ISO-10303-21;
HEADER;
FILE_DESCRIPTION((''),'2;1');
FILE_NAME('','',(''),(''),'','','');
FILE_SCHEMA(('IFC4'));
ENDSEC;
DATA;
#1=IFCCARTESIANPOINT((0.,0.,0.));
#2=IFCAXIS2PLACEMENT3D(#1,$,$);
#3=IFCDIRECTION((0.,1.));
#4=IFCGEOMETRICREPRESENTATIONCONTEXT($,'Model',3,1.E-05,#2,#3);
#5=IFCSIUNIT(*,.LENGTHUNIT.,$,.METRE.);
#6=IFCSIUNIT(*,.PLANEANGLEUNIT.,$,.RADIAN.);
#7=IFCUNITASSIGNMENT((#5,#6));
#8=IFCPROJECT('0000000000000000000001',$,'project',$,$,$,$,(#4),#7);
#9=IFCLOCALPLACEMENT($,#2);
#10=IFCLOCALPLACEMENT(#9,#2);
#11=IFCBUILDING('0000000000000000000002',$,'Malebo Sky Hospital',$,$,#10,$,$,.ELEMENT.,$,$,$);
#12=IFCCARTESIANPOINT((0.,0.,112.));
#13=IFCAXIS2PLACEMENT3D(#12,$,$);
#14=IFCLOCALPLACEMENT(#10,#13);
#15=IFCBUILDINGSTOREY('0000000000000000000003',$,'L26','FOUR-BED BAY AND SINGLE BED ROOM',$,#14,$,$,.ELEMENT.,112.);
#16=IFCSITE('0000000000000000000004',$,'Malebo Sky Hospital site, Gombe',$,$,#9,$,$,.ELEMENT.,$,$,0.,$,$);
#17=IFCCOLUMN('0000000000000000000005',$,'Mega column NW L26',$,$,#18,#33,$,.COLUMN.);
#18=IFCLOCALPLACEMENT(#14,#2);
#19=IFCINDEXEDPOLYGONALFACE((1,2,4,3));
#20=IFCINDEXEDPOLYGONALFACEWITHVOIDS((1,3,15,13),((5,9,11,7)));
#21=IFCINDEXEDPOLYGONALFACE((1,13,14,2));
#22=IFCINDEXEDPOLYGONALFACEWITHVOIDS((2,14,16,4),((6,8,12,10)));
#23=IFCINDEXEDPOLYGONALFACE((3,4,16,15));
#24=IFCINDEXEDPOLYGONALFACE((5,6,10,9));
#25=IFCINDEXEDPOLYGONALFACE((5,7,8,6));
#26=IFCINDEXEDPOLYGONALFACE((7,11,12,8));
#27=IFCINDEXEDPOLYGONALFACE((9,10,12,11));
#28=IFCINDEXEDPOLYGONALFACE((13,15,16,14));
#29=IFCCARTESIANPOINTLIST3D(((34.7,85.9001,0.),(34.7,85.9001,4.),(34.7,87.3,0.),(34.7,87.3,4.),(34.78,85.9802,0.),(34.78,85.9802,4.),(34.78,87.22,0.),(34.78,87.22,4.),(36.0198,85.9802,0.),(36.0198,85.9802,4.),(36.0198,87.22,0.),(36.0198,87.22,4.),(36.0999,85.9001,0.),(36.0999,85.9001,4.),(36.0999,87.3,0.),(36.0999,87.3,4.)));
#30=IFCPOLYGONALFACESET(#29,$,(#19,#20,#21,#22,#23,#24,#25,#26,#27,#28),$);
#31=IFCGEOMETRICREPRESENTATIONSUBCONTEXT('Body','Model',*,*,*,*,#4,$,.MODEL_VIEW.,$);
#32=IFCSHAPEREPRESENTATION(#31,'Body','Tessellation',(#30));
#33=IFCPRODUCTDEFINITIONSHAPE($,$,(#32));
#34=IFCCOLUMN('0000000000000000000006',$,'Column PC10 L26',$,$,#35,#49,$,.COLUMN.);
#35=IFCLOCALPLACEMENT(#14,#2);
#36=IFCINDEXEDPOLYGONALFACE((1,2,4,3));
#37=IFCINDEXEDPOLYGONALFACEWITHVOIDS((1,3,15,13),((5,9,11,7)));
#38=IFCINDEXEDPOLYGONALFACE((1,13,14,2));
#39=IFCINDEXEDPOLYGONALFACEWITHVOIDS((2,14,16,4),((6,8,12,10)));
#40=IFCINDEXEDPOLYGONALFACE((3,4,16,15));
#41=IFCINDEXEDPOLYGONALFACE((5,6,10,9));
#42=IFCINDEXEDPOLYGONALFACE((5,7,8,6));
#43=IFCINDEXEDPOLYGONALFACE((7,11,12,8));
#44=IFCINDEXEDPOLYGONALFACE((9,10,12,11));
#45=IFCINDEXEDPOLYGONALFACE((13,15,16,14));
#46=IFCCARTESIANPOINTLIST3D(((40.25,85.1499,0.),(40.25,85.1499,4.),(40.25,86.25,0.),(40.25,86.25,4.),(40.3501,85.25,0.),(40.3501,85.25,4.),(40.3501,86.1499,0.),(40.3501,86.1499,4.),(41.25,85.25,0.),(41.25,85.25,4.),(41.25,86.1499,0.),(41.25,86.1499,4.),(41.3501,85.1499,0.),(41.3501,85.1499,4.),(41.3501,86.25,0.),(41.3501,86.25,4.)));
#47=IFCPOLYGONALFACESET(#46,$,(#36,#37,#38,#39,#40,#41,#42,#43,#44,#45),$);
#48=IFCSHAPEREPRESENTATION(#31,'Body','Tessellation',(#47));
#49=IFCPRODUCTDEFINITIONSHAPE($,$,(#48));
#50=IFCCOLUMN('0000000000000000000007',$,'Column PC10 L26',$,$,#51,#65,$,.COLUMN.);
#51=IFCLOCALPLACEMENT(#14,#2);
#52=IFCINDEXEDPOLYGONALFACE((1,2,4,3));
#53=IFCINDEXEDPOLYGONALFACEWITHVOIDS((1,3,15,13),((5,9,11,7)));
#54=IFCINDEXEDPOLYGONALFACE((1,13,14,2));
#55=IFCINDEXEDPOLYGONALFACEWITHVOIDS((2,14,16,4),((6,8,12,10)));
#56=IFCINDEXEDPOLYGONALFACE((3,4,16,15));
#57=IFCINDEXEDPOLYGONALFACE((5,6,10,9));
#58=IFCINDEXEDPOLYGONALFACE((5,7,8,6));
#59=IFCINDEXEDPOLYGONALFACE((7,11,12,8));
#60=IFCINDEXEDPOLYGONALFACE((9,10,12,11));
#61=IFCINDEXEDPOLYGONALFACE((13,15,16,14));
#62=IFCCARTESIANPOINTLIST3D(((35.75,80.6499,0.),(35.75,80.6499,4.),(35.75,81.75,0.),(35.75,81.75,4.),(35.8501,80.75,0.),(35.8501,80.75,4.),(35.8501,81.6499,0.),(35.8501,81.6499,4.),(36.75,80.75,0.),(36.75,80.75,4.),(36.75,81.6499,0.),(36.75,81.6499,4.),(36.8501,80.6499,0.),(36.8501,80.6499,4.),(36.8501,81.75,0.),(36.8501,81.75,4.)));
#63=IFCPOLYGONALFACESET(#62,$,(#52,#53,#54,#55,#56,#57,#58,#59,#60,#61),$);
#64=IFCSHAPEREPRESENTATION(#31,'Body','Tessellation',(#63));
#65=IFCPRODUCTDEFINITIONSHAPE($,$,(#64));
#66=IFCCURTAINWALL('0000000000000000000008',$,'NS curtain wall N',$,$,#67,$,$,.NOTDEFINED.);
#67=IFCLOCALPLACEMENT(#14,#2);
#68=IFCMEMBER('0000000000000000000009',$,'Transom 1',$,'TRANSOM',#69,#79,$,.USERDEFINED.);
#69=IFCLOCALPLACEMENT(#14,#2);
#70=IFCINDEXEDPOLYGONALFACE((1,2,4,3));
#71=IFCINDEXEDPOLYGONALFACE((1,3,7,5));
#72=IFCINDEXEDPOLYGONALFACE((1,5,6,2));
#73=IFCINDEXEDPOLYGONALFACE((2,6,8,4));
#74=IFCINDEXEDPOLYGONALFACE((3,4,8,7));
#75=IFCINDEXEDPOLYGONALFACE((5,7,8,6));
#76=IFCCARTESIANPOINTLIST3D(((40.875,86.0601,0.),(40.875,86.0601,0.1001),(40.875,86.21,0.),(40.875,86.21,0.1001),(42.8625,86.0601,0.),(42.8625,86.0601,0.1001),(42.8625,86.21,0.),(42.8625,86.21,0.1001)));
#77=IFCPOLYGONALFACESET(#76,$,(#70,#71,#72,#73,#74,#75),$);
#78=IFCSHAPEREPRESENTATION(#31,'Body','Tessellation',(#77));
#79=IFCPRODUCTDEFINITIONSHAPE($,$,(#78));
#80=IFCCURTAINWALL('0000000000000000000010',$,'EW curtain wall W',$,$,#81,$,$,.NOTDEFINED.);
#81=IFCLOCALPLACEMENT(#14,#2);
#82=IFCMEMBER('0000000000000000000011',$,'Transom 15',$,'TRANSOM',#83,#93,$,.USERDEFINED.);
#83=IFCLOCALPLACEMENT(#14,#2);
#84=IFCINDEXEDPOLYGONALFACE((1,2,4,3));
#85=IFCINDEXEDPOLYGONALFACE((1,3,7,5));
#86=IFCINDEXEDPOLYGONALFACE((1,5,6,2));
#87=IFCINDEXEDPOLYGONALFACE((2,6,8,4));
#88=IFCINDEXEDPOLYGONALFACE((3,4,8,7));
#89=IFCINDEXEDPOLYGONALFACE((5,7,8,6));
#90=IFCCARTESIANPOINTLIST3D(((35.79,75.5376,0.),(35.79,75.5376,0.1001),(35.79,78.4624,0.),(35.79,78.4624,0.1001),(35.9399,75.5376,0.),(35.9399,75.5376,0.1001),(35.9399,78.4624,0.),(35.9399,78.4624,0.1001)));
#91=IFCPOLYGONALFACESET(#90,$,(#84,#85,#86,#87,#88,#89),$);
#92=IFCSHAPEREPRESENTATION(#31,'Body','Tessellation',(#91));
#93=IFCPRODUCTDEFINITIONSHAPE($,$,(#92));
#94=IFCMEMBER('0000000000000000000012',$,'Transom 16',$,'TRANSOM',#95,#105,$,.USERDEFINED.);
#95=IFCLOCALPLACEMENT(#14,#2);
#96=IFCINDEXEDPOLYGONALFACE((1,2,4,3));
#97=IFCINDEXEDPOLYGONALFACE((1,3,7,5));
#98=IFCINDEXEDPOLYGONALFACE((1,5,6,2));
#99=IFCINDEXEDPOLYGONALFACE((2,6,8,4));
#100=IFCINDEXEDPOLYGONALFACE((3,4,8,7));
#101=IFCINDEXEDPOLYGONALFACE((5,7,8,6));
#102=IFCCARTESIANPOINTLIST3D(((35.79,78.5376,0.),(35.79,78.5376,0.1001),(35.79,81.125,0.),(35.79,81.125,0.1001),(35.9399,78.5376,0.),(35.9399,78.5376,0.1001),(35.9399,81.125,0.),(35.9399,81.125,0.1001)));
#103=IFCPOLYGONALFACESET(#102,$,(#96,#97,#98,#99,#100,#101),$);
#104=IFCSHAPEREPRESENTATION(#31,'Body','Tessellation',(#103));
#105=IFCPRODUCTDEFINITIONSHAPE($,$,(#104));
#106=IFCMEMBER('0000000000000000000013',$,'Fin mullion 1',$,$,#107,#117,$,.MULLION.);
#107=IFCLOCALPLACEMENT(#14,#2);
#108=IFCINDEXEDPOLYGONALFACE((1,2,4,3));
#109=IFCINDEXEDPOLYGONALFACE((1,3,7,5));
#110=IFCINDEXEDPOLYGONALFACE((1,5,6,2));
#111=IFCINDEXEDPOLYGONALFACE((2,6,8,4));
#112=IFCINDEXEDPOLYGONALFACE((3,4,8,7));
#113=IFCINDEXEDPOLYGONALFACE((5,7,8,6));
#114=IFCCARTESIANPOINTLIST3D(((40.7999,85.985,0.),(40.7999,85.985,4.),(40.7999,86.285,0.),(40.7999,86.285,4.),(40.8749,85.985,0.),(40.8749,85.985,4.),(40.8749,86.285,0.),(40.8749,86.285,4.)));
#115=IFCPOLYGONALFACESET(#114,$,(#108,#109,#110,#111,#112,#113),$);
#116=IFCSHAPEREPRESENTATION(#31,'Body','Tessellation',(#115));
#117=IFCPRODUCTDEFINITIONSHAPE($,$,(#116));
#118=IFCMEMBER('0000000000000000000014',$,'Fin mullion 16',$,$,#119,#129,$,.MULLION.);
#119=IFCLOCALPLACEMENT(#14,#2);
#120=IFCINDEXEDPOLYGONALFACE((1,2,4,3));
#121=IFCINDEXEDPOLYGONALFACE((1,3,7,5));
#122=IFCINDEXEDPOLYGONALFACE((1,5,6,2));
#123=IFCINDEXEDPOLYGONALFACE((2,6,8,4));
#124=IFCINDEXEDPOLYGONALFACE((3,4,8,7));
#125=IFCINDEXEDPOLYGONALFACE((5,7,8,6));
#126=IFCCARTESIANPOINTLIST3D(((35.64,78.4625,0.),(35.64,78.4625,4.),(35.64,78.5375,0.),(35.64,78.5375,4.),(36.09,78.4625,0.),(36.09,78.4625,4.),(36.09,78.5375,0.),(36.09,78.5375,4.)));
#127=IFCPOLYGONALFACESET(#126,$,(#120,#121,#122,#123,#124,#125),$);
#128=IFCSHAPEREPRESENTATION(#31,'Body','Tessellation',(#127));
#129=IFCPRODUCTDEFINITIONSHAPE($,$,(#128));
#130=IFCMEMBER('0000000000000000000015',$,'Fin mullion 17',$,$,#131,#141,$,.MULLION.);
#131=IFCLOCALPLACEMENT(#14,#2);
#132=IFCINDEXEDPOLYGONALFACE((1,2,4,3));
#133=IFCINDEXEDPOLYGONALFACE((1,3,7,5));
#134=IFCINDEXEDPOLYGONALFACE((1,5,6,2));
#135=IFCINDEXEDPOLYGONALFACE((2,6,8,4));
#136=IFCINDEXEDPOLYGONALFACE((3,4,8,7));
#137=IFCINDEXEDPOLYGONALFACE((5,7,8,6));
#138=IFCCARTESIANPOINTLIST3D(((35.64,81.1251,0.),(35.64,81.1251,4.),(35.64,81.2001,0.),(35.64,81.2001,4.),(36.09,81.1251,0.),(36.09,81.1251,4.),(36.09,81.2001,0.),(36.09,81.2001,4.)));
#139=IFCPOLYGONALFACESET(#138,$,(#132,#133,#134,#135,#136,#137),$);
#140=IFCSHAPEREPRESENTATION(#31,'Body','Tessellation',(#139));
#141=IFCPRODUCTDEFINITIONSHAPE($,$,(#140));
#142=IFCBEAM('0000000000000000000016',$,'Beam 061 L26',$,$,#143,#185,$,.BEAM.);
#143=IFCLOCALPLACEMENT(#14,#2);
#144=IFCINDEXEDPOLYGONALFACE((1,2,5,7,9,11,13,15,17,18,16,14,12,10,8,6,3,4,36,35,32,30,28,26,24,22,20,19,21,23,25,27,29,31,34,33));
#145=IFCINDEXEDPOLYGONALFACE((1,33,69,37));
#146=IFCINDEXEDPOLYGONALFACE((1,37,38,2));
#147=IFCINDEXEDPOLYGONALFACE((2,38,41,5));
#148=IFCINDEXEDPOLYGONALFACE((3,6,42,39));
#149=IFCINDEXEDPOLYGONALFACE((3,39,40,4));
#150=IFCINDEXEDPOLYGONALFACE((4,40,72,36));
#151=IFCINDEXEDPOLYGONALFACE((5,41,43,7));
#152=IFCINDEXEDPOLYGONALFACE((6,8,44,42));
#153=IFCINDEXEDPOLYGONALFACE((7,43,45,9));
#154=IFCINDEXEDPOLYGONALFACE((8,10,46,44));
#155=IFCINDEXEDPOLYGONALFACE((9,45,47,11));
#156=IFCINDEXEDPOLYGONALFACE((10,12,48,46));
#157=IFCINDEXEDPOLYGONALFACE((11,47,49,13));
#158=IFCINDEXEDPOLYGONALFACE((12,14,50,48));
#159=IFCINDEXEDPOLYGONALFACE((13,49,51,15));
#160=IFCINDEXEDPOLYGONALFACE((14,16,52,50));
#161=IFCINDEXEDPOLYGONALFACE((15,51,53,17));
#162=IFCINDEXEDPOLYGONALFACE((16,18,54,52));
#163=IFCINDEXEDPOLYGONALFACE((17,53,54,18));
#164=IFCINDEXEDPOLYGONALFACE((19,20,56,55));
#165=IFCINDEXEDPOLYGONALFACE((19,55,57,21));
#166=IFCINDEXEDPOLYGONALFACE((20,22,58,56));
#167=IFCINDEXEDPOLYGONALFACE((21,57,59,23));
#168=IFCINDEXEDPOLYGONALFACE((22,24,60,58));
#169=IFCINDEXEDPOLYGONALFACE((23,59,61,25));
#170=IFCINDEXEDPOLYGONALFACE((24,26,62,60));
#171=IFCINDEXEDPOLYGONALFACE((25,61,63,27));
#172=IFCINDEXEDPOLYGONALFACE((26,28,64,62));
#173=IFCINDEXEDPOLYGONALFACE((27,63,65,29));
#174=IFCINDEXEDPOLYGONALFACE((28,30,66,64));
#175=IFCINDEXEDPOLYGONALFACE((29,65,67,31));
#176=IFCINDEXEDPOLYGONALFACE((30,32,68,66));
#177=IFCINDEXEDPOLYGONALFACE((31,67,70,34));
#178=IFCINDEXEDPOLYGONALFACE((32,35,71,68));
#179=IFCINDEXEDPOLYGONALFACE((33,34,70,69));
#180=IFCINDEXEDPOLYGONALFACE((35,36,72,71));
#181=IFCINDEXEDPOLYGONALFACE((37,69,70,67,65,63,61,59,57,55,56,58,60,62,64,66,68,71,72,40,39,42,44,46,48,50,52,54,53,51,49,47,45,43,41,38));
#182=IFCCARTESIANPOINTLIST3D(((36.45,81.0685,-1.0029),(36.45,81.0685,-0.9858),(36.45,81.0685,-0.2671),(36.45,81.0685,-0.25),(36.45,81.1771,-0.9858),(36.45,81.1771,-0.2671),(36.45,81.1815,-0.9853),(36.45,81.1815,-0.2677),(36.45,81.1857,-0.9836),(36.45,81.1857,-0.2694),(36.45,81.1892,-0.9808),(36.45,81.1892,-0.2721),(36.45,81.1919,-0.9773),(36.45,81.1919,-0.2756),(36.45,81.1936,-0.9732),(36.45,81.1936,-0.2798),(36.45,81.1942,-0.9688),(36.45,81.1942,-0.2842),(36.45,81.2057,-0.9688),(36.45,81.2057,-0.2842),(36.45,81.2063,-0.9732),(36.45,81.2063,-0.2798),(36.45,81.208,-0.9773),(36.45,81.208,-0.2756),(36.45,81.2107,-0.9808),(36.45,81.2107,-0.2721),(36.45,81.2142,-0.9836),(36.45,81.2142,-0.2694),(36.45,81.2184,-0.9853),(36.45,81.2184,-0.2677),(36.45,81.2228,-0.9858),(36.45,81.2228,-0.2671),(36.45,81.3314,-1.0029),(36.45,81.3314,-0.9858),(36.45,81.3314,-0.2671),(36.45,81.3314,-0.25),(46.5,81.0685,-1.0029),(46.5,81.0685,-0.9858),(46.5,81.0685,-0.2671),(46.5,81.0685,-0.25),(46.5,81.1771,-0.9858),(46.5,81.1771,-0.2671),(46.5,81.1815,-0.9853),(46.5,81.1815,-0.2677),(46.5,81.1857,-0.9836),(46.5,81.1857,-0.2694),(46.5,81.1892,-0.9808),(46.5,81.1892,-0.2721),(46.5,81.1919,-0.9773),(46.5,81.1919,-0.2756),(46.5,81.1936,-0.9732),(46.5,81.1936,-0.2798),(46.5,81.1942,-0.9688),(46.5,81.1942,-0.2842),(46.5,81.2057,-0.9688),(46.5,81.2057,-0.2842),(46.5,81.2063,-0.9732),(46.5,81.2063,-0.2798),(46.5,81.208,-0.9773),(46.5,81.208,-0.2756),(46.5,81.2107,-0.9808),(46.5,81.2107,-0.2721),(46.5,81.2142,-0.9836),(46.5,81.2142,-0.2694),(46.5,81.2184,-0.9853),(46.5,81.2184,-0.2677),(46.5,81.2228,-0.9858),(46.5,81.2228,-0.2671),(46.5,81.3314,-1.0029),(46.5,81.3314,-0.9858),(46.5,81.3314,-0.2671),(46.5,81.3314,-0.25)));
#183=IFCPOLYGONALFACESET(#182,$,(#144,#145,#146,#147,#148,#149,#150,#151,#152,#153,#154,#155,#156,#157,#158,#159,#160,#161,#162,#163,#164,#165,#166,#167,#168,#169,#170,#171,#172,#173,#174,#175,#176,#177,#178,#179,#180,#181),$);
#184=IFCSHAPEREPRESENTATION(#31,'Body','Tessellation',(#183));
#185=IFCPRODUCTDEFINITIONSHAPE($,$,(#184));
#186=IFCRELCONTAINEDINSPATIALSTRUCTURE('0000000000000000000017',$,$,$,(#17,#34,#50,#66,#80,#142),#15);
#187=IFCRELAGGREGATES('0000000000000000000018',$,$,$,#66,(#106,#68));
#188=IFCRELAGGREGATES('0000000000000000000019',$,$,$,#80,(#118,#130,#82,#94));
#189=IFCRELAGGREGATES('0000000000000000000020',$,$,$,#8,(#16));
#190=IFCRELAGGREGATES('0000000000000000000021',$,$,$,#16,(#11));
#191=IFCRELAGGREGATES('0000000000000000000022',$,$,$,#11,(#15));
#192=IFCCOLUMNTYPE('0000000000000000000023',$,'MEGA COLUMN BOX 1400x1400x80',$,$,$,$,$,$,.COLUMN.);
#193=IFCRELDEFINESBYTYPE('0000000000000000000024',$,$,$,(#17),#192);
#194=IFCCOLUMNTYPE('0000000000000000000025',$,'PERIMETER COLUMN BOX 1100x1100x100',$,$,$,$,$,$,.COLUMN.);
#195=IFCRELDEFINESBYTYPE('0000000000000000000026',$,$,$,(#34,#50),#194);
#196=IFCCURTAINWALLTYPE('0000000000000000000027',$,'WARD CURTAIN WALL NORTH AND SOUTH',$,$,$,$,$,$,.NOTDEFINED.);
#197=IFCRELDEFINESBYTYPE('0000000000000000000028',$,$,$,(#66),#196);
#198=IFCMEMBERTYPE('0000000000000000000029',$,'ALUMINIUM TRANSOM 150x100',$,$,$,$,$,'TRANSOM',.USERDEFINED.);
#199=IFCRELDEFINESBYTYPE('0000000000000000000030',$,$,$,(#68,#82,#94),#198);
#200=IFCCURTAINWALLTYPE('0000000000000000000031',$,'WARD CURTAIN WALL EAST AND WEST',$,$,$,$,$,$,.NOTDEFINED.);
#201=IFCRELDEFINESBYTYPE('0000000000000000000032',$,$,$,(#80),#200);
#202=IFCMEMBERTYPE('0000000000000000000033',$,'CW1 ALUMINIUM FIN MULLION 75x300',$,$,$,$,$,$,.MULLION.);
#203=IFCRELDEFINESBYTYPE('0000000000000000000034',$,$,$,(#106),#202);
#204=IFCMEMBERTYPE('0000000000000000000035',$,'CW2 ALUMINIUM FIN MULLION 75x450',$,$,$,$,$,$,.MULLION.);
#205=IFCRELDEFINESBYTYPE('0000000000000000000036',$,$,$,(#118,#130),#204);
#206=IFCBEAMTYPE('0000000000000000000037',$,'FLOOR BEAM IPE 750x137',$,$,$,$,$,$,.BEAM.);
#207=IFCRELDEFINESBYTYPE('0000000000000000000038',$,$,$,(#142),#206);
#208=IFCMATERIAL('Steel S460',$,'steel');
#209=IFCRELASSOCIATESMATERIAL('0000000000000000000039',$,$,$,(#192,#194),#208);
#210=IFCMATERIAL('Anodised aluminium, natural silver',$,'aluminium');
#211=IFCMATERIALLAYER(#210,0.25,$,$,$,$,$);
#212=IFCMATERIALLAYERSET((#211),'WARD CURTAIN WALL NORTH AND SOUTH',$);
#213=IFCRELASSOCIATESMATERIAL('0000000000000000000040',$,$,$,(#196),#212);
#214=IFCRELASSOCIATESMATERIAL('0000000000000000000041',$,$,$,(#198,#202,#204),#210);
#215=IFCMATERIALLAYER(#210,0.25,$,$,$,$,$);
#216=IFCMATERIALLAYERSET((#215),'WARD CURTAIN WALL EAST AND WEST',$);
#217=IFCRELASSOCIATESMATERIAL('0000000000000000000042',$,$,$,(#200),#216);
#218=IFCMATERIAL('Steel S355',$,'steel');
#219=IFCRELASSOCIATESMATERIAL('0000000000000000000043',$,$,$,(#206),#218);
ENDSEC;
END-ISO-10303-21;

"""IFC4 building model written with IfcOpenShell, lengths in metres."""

from ifc_helpers import new_model, si_unit, direction, frame, origin, origin_2d, place, context, subcontext, project, spatial, rectangle, hollow_rectangle, i_section, extrude, material, layer, layer_set, material_profile, profile_set, type_object, element, aggregate, save


model = new_model("IFC4")

# Units and contexts
model_context = context("Model", 3, precision=1e-05, world=origin(), true_north=direction((0.0, 1.0)))
body_context = subcontext(model_context, "Body", "Model", "MODEL_VIEW")
ifc_project = project(units=[si_unit("LENGTHUNIT", "METRE"), si_unit("PLANEANGLEUNIT", "RADIAN")], contexts=[model_context])

# Site, building, storey
site_placement = place(None, origin())
site = spatial("IfcSite", under=ifc_project, at=site_placement, Name="Malebo Sky Hospital site, Gombe", CompositionType="ELEMENT", RefElevation=0.0)
building_placement = place(site_placement, origin())
building = spatial("IfcBuilding", under=site, at=building_placement, Name="Malebo Sky Hospital", CompositionType="ELEMENT")
storey_placement = place(building_placement, frame((0.0, 0.0, 112.0)))
storey = spatial("IfcBuildingStorey", under=building, at=storey_placement, Name="L26", Description="FOUR-BED BAY AND SINGLE BED ROOM", CompositionType="ELEMENT", Elevation=112.0)

# Columns
ifc_material_1 = material(Name="Steel S460", Category="steel")
ifc_material_profile_1 = material_profile(ifc_material_1, hollow_rectangle(XDim=1.3999, YDim=1.3999, WallThickness=0.0801, at=origin_2d()), Name="BOX 1400x1400x80")
ifc_profile_set_1 = profile_set([ifc_material_profile_1], Name="Steel S460")
column_type_1 = type_object("IfcColumnType", Name="MEGA COLUMN BOX 1400x1400x80", PredefinedType="COLUMN", material=ifc_profile_set_1)
column_placement = place(storey_placement, frame((35.3999, 86.6001, 0.0), z_axis=(0.0, 0.0, 1.0), x_axis=(1.0, 0.0, 0.0)))
element("IfcColumn", 1, at=column_placement, inside=storey, type_object=column_type_1, Name="Mega column NW L26", PredefinedType="COLUMN", context=body_context, shape_type="SweptSolid", body=[
    extrude(hollow_rectangle(XDim=1.3999, YDim=1.3999, WallThickness=0.0801, at=origin_2d()), origin(), (0.0, 0.0, 1.0), 4.0),
])
ifc_material_profile_2 = material_profile(ifc_material_1, hollow_rectangle(XDim=1.1001, YDim=1.1001, WallThickness=0.1001, at=origin_2d()), Name="BOX 1100x1100x100")
ifc_profile_set_2 = profile_set([ifc_material_profile_2], Name="Steel S460")
column_type_2 = type_object("IfcColumnType", Name="PERIMETER COLUMN BOX 1100x1100x100", PredefinedType="COLUMN", material=ifc_profile_set_2)
for number, where, z_axis, x_axis, name in (
    (2, (40.8, 85.7, 0.0), (0.0, 0.0, 1.0), (1.0, 0.0, 0.0), "Column PC10 L26"),
    (3, (36.3, 81.2, 0.0), (0.0, 0.0, 1.0), (1.0, 0.0, 0.0), "Column PC10 L26"),
):
    element("IfcColumn", number, at=place(storey_placement, frame(where, z_axis=z_axis, x_axis=x_axis)), inside=storey, type_object=column_type_2, Name=name, PredefinedType="COLUMN", context=body_context, shape_type="SweptSolid", body=[
        extrude(hollow_rectangle(XDim=1.1001, YDim=1.1001, WallThickness=0.1001, at=origin_2d()), origin(), (0.0, 0.0, 1.0), 4.0),
    ])

# Curtain wall, member
ifc_material_2 = material(Name="Anodised aluminium, natural silver", Category="aluminium")
ifc_layer_1 = layer(ifc_material_2, 0.25)
ifc_layer_set_1 = layer_set([ifc_layer_1], Name="WARD CURTAIN WALL NORTH AND SOUTH")
curtain_wall_type_1 = type_object("IfcCurtainWallType", Name="WARD CURTAIN WALL NORTH AND SOUTH", PredefinedType="NOTDEFINED", material=ifc_layer_set_1)
curtain_wall_1_placement = place(storey_placement, origin())
curtain_wall_1 = element("IfcCurtainWall", 4, at=curtain_wall_1_placement, inside=storey, type_object=curtain_wall_type_1, Name="NS curtain wall N", PredefinedType="NOTDEFINED")
ifc_material_profile_3 = material_profile(ifc_material_2, rectangle(XDim=0.1499, YDim=0.1001, at=origin_2d()), Name="ALUMINIUM TRANSOM 150x100")
ifc_profile_set_3 = profile_set([ifc_material_profile_3], Name="Anodised aluminium, natural silver")
member_type_1 = type_object("IfcMemberType", Name="ALUMINIUM TRANSOM 150x100", ElementType="TRANSOM", PredefinedType="USERDEFINED", material=ifc_profile_set_3)
member_1_placement = place(storey_placement, frame((40.875, 86.135, 0.05), z_axis=(1.0, 0.0, 0.0), x_axis=(0.0, 1.0, 0.0)))
member_1 = element("IfcMember", 5, at=member_1_placement, type_object=member_type_1, Name="Transom 1", ObjectType="TRANSOM", PredefinedType="USERDEFINED", context=body_context, shape_type="SweptSolid", body=[
    extrude(rectangle(XDim=0.1499, YDim=0.1001, at=origin_2d()), origin(), (0.0, 0.0, 1.0), 1.9875),
])

# Curtain wall, members
ifc_layer_2 = layer(ifc_material_2, 0.25)
ifc_layer_set_2 = layer_set([ifc_layer_2], Name="WARD CURTAIN WALL EAST AND WEST")
curtain_wall_type_2 = type_object("IfcCurtainWallType", Name="WARD CURTAIN WALL EAST AND WEST", PredefinedType="NOTDEFINED", material=ifc_layer_set_2)
curtain_wall_2_placement = place(storey_placement, origin())
curtain_wall_2 = element("IfcCurtainWall", 6, at=curtain_wall_2_placement, inside=storey, type_object=curtain_wall_type_2, Name="EW curtain wall W", PredefinedType="NOTDEFINED")
member_2_placement = place(storey_placement, frame((35.865, 75.5376, 0.05), z_axis=(0.0, 1.0, 0.0), x_axis=(-1.0, 0.0, 0.0)))
member_2 = element("IfcMember", 7, at=member_2_placement, type_object=member_type_1, Name="Transom 15", ObjectType="TRANSOM", PredefinedType="USERDEFINED", context=body_context, shape_type="SweptSolid", body=[
    extrude(rectangle(XDim=0.1499, YDim=0.1001, at=origin_2d()), origin(), (0.0, 0.0, 1.0), 2.9248),
])
member_3_placement = place(storey_placement, frame((35.865, 78.5376, 0.05), z_axis=(0.0, 1.0, 0.0), x_axis=(-1.0, 0.0, 0.0)))
member_3 = element("IfcMember", 8, at=member_3_placement, type_object=member_type_1, Name="Transom 16", ObjectType="TRANSOM", PredefinedType="USERDEFINED", context=body_context, shape_type="SweptSolid", body=[
    extrude(rectangle(XDim=0.1499, YDim=0.1001, at=origin_2d()), origin(), (0.0, 0.0, 1.0), 2.5874),
])

# Members
ifc_material_profile_4 = material_profile(ifc_material_2, rectangle(XDim=0.075, YDim=0.3, at=origin_2d()), Name="CW1 ALUMINIUM FIN MULLION 75x300")
ifc_profile_set_4 = profile_set([ifc_material_profile_4], Name="Anodised aluminium, natural silver")
member_type_2 = type_object("IfcMemberType", Name="CW1 ALUMINIUM FIN MULLION 75x300", PredefinedType="MULLION", material=ifc_profile_set_4)
member_4_placement = place(storey_placement, frame((40.8374, 86.135, 0.0), z_axis=(0.0, 0.0, 1.0), x_axis=(1.0, 0.0, 0.0)))
member_4 = element("IfcMember", 9, at=member_4_placement, type_object=member_type_2, Name="Fin mullion 1", PredefinedType="MULLION", context=body_context, shape_type="SweptSolid", body=[
    extrude(rectangle(XDim=0.075, YDim=0.3, at=origin_2d()), origin(), (0.0, 0.0, 1.0), 4.0),
])
aggregate(curtain_wall_1, [member_4, member_1])
ifc_material_profile_5 = material_profile(ifc_material_2, rectangle(XDim=0.075, YDim=0.45, at=origin_2d()), Name="CW2 ALUMINIUM FIN MULLION 75x450")
ifc_profile_set_5 = profile_set([ifc_material_profile_5], Name="Anodised aluminium, natural silver")
member_type_3 = type_object("IfcMemberType", Name="CW2 ALUMINIUM FIN MULLION 75x450", PredefinedType="MULLION", material=ifc_profile_set_5)
member_5_placement = place(storey_placement, frame((35.865, 78.5, 0.0), z_axis=(0.0, 0.0, 1.0), x_axis=(0.0, 1.0, 0.0)))
member_5 = element("IfcMember", 10, at=member_5_placement, type_object=member_type_3, Name="Fin mullion 16", PredefinedType="MULLION", context=body_context, shape_type="SweptSolid", body=[
    extrude(rectangle(XDim=0.075, YDim=0.45, at=origin_2d()), origin(), (0.0, 0.0, 1.0), 4.0),
])
member_6_placement = place(storey_placement, frame((35.865, 81.1626, 0.0), z_axis=(0.0, 0.0, 1.0), x_axis=(0.0, 1.0, 0.0)))
member_6 = element("IfcMember", 11, at=member_6_placement, type_object=member_type_3, Name="Fin mullion 17", PredefinedType="MULLION", context=body_context, shape_type="SweptSolid", body=[
    extrude(rectangle(XDim=0.075, YDim=0.45, at=origin_2d()), origin(), (0.0, 0.0, 1.0), 4.0),
])

# Beam
ifc_material_3 = material(Name="Steel S355", Category="steel")
ifc_material_profile_6 = material_profile(ifc_material_3, i_section(OverallWidth=0.2629, OverallDepth=0.7529, WebThickness=0.0115, FlangeThickness=0.0171, FilletRadius=0.0171, at=origin_2d()), Name="IPE 750x137")
ifc_profile_set_6 = profile_set([ifc_material_profile_6], Name="Steel S355")
beam_type = type_object("IfcBeamType", Name="FLOOR BEAM IPE 750x137", PredefinedType="BEAM", material=ifc_profile_set_6)
beam_placement = place(storey_placement, frame((36.45, 81.2, -0.6265), z_axis=(1.0, 0.0, 0.0), x_axis=(0.0, 1.0, 0.0)))
element("IfcBeam", 12, at=beam_placement, inside=storey, type_object=beam_type, Name="Beam 061 L26", PredefinedType="BEAM", context=body_context, shape_type="SweptSolid", body=[
    extrude(i_section(OverallWidth=0.2629, OverallDepth=0.7529, WebThickness=0.0115, FlangeThickness=0.0171, FilletRadius=0.0171, at=origin_2d()), origin(), (0.0, 0.0, 1.0), 10.05),
])

aggregate(curtain_wall_2, [member_5, member_6, member_2, member_3])

save(model, "model.ifc")
